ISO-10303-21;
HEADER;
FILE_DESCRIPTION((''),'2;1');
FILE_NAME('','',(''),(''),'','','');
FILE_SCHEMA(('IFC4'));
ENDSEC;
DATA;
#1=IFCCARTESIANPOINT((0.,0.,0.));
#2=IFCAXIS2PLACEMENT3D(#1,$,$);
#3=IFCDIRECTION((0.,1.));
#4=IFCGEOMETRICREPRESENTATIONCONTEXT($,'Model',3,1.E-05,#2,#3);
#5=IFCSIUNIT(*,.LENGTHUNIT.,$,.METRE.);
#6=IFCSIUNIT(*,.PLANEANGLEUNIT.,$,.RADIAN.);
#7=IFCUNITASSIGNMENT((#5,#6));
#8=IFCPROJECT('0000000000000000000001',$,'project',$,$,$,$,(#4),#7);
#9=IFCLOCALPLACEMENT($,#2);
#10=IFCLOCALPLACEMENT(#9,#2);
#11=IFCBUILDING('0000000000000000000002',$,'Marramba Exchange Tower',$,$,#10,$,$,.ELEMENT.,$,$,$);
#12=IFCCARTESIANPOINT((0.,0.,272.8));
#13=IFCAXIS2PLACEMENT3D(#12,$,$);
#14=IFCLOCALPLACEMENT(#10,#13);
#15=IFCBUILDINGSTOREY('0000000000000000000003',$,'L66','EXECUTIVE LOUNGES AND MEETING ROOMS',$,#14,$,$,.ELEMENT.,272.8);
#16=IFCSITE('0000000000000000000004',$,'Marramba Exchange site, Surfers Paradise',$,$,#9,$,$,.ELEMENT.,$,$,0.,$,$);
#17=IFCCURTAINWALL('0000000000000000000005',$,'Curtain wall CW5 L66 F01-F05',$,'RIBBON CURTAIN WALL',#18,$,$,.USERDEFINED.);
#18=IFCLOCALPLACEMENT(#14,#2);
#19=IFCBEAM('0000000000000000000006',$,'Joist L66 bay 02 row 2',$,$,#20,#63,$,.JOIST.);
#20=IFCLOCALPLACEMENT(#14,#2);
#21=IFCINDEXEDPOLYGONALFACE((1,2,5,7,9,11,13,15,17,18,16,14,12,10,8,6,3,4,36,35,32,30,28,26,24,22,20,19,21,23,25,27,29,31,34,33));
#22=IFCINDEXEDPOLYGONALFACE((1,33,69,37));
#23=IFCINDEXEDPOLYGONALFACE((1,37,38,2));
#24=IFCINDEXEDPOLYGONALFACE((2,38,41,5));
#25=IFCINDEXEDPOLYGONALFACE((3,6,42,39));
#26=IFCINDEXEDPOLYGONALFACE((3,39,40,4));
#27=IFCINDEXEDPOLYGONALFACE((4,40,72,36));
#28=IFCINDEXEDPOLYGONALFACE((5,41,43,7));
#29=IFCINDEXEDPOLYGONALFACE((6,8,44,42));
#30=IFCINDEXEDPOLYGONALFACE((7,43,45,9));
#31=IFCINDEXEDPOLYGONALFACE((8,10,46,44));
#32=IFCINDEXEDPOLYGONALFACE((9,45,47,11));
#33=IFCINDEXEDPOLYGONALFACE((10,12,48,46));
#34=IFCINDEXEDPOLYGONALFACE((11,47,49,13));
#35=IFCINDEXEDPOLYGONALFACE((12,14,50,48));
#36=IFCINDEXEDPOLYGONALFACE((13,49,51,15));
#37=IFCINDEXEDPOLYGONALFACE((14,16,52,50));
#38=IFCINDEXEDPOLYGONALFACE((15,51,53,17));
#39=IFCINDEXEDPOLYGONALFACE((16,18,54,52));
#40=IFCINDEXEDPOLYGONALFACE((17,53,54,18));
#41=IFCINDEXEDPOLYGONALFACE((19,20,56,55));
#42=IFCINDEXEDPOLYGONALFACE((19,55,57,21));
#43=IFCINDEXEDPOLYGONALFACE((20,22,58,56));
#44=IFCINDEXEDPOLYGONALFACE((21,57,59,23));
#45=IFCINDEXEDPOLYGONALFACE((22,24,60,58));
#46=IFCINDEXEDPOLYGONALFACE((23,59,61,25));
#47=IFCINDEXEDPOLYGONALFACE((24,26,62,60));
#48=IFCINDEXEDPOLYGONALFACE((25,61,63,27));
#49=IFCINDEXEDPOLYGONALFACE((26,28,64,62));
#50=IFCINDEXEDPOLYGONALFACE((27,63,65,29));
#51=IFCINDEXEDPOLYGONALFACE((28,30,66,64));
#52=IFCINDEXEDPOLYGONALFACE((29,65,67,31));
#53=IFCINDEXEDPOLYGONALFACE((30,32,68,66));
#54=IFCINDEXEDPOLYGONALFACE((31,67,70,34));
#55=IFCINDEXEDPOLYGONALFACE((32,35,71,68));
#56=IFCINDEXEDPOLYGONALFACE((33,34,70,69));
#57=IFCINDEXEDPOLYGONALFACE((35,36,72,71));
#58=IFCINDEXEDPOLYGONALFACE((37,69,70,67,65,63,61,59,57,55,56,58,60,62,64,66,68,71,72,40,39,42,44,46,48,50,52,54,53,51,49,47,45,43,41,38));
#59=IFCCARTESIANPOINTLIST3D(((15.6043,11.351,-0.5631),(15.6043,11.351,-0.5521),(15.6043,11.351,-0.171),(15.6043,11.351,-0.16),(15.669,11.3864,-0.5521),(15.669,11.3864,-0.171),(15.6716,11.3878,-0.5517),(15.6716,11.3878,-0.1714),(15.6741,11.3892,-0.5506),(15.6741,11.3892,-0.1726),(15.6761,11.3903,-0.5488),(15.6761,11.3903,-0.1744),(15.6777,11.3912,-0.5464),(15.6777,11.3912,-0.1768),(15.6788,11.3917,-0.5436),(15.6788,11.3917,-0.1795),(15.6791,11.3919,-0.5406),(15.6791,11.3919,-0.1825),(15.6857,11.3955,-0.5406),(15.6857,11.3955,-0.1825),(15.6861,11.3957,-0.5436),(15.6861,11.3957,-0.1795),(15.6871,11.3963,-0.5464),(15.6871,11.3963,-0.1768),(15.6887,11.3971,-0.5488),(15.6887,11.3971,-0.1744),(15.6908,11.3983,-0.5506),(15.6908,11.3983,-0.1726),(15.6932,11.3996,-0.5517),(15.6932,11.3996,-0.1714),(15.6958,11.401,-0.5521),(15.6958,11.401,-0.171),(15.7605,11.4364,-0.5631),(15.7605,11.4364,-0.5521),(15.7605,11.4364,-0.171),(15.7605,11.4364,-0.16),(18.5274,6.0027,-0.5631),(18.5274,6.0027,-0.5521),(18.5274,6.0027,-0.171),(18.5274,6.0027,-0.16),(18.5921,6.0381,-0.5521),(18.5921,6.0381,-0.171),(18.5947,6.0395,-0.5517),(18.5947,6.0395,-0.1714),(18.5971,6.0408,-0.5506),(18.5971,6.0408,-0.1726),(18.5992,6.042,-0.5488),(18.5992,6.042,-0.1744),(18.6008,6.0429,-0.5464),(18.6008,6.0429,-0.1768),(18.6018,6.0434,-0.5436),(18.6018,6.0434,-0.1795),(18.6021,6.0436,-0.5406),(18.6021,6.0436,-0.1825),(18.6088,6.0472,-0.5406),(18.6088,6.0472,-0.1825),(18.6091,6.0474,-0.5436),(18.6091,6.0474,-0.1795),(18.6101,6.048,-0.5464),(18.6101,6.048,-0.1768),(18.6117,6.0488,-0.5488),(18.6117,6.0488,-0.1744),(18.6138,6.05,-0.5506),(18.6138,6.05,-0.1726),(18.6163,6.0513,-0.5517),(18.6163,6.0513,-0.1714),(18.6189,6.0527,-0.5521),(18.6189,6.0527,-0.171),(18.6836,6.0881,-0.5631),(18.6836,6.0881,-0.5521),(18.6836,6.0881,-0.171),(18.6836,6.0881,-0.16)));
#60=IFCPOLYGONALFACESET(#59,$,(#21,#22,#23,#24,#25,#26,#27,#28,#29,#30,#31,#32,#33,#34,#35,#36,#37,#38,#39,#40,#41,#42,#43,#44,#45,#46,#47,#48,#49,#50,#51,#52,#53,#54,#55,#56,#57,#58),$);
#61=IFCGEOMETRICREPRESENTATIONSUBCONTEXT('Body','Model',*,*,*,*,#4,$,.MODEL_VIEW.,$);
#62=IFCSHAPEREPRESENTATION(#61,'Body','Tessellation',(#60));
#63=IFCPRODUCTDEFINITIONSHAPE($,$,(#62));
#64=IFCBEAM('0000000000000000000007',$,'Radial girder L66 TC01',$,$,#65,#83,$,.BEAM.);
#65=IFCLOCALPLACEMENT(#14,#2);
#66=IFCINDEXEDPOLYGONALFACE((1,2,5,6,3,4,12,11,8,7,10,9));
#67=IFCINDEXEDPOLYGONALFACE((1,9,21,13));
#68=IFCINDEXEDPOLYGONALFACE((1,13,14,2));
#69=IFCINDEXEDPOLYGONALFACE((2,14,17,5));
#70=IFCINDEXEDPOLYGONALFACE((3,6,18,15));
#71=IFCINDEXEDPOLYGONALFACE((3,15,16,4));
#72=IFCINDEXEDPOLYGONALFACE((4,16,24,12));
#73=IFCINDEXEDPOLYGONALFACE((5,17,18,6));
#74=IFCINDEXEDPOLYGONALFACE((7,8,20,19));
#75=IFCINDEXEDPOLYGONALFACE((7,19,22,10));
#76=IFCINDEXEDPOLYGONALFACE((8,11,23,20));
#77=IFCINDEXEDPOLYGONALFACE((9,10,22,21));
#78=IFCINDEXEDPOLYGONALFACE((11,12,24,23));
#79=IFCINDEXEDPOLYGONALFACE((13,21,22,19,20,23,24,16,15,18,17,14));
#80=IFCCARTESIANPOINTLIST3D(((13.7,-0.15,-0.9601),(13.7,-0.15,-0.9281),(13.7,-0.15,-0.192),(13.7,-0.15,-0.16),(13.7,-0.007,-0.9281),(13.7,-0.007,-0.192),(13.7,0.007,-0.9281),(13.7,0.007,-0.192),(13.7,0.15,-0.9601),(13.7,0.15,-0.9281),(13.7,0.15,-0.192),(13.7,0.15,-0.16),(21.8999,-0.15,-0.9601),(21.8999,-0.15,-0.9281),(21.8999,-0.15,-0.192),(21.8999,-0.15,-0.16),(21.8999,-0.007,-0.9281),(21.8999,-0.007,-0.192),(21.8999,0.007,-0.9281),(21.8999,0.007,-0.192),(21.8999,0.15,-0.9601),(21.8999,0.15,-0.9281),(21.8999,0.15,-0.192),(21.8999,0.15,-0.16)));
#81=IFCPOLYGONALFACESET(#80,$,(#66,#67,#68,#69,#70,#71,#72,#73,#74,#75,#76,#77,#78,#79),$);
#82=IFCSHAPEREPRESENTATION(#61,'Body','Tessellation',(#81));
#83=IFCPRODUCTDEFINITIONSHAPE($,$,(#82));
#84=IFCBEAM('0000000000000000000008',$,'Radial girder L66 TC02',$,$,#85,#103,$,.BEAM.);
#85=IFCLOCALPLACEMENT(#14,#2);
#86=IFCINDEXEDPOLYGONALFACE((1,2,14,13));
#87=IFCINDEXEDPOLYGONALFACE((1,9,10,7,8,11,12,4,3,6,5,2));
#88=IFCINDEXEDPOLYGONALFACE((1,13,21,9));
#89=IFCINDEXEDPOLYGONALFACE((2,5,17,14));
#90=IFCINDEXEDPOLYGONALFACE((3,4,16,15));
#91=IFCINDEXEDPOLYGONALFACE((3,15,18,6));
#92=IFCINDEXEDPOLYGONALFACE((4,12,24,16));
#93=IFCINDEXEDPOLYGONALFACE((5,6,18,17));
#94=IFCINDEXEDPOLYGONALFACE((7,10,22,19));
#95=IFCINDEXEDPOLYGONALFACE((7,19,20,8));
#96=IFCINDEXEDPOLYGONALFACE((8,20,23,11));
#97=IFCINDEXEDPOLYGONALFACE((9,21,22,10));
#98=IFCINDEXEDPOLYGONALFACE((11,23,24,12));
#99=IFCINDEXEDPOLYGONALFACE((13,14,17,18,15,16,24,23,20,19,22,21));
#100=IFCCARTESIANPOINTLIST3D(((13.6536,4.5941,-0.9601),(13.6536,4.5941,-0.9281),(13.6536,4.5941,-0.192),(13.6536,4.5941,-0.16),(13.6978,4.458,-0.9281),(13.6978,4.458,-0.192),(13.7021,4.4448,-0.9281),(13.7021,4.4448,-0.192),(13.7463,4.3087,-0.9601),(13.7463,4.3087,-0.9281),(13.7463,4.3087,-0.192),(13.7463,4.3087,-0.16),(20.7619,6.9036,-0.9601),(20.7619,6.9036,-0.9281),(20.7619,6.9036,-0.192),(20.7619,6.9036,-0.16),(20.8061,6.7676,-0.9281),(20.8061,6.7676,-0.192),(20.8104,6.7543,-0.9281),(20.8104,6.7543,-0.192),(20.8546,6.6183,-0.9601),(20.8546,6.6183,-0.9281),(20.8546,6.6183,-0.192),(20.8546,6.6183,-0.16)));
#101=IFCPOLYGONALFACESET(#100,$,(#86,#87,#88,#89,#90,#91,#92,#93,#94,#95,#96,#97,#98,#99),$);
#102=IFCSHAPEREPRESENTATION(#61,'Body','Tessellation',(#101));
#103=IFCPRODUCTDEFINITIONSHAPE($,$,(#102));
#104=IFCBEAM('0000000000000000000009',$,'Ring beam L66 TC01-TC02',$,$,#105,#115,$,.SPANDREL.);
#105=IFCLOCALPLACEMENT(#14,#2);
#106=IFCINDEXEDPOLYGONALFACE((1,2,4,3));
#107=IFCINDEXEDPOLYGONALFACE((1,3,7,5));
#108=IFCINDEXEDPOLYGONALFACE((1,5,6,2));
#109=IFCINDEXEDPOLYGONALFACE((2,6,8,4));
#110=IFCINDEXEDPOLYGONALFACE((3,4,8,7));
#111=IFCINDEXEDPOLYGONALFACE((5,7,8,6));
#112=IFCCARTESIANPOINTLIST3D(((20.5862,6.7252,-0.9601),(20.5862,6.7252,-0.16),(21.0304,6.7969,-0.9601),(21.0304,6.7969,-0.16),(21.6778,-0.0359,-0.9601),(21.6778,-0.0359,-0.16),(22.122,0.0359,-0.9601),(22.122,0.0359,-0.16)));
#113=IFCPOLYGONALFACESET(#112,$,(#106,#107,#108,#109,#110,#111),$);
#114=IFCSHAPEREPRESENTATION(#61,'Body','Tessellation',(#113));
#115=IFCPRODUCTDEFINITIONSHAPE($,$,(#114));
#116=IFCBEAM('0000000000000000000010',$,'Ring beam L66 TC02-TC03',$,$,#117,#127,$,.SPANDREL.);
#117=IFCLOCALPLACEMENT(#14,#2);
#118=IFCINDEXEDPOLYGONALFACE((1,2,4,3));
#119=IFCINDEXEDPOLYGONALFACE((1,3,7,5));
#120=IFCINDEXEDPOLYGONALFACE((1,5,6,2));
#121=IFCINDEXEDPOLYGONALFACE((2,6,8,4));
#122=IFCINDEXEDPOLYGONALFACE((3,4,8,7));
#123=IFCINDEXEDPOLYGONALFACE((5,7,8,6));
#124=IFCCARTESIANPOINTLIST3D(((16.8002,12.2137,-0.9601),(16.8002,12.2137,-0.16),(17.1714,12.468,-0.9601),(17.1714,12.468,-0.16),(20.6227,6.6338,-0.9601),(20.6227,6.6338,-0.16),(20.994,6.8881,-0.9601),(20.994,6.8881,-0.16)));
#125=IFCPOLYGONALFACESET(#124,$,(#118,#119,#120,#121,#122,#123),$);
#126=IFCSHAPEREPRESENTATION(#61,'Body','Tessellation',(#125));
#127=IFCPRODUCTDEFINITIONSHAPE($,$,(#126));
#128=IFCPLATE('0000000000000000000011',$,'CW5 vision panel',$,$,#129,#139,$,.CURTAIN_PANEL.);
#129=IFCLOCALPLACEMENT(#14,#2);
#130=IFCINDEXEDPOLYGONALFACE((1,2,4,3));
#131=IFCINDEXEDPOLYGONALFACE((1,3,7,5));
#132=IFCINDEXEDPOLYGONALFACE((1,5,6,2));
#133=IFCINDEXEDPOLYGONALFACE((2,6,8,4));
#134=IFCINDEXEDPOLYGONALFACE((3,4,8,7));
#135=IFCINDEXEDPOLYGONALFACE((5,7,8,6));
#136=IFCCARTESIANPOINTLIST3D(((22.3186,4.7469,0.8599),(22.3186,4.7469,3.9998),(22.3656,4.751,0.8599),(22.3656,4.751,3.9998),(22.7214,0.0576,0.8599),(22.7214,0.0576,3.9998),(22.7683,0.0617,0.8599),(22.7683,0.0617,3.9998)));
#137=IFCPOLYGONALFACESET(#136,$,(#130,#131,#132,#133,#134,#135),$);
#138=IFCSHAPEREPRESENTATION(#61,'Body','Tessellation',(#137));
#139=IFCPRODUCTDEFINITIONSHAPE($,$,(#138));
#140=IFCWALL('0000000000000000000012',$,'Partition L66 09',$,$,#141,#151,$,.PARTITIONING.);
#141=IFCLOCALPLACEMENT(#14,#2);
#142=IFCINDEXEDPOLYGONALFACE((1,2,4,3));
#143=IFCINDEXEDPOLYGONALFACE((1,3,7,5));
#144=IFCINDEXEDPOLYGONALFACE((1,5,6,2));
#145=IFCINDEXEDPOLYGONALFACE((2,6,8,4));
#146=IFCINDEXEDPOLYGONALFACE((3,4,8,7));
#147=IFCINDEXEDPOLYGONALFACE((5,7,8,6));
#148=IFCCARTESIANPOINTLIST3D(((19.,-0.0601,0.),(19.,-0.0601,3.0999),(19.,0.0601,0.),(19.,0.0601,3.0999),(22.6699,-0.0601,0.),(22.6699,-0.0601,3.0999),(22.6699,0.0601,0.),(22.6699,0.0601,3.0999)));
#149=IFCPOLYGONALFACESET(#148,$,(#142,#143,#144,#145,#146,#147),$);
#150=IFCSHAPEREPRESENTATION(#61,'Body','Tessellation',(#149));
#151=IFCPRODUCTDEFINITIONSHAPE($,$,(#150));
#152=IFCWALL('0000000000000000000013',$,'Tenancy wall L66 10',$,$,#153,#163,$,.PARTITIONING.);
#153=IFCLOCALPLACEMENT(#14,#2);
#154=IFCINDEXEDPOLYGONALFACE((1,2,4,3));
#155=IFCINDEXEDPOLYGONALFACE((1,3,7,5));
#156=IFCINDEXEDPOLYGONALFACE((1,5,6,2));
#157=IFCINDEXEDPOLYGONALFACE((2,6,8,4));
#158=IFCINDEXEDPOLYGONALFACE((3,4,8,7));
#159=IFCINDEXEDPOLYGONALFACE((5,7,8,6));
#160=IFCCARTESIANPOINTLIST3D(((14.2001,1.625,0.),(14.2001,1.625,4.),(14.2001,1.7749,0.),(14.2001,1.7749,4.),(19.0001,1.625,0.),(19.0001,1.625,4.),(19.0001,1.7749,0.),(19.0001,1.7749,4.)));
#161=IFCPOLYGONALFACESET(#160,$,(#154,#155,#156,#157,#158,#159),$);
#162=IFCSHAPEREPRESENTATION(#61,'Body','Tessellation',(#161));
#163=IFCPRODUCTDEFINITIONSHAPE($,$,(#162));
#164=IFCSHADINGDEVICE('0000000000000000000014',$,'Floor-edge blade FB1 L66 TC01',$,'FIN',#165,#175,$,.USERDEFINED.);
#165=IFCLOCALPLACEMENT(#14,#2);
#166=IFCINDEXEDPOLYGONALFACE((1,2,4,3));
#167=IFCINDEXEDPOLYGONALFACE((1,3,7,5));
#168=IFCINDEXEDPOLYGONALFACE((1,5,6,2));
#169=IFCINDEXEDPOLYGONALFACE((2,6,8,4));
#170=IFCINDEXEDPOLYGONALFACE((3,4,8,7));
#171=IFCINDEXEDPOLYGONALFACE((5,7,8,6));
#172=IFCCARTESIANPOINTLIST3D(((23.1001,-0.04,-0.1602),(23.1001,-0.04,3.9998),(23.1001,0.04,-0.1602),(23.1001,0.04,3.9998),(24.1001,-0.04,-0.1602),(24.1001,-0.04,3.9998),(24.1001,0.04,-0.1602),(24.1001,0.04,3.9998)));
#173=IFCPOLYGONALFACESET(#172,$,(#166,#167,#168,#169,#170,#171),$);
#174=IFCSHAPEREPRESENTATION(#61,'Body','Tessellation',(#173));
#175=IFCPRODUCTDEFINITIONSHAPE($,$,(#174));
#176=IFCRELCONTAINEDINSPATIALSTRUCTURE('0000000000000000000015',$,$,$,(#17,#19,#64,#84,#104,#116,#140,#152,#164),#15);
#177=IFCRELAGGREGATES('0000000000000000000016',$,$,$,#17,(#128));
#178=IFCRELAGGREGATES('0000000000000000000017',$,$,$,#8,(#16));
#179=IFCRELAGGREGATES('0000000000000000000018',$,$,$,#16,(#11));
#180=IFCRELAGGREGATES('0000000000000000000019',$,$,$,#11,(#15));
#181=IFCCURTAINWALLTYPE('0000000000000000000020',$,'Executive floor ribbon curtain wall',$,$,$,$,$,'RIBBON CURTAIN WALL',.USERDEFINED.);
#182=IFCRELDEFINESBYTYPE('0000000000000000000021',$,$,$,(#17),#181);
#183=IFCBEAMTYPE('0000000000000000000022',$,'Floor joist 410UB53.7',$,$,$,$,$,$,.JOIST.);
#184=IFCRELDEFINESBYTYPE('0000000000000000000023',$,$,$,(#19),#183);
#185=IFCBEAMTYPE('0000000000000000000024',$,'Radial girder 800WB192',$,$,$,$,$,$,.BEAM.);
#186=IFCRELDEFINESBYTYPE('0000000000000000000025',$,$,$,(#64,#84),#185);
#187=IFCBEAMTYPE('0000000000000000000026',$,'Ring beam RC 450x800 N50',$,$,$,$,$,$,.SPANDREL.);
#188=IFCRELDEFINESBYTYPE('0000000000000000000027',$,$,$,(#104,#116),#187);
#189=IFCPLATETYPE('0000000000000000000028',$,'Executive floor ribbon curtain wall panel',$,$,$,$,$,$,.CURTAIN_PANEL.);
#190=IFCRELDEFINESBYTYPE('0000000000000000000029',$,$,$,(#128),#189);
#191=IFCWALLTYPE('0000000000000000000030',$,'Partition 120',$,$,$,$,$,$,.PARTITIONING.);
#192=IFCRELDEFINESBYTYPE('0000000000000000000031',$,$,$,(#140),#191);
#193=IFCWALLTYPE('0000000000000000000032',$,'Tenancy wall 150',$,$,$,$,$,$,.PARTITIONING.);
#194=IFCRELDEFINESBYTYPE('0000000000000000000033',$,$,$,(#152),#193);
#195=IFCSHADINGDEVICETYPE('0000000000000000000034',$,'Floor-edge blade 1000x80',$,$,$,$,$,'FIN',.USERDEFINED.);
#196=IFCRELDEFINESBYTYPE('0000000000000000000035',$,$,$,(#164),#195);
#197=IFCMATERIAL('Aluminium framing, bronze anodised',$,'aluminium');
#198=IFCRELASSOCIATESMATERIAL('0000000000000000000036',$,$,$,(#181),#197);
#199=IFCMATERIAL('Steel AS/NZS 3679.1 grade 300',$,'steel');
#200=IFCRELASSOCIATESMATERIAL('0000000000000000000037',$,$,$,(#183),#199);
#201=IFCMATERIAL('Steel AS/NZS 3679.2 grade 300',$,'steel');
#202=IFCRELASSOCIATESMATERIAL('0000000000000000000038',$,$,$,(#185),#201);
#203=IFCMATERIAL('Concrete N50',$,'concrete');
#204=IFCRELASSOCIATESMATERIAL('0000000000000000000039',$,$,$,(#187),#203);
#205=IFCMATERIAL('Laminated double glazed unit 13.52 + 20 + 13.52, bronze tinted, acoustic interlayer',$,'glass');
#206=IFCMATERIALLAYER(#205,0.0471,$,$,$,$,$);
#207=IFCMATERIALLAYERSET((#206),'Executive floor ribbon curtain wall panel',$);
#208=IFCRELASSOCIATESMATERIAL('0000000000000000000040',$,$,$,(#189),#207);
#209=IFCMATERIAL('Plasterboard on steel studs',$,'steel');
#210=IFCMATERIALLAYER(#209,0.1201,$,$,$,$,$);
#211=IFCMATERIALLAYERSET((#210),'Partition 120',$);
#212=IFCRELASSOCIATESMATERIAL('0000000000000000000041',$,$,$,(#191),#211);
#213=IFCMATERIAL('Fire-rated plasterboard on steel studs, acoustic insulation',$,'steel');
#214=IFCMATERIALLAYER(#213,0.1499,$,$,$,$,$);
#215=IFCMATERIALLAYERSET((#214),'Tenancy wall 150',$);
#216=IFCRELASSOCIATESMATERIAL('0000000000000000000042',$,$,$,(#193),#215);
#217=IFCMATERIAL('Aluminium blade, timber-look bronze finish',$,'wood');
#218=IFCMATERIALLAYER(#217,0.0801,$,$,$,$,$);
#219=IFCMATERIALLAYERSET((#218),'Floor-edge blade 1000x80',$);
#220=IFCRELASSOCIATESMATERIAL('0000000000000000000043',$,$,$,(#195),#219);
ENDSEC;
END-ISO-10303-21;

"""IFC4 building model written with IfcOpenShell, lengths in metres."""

from ifc_helpers import new_model, si_unit, direction, frame, frame_2d, origin, origin_2d, place, context, subcontext, project, spatial, rectangle, i_section, extrude, material, layer, layer_set, material_profile, profile_set, type_object, element, aggregate, save


model = new_model("IFC4")

# Units and contexts
model_context = context("Model", 3, precision=1e-05, world=origin(), true_north=direction((0.0, 1.0)))
body_context = subcontext(model_context, "Body", "Model", "MODEL_VIEW")
ifc_project = project(units=[si_unit("LENGTHUNIT", "METRE"), si_unit("PLANEANGLEUNIT", "RADIAN")], contexts=[model_context])

# Site, building, storey
site_placement = place(None, origin())
site = spatial("IfcSite", under=ifc_project, at=site_placement, Name="Marramba Exchange site, Surfers Paradise", CompositionType="ELEMENT", RefElevation=0.0)
building_placement = place(site_placement, origin())
building = spatial("IfcBuilding", under=site, at=building_placement, Name="Marramba Exchange Tower", CompositionType="ELEMENT")
storey_placement = place(building_placement, frame((0.0, 0.0, 272.8)))
storey = spatial("IfcBuildingStorey", under=building, at=storey_placement, Name="L66", Description="EXECUTIVE LOUNGES AND MEETING ROOMS", CompositionType="ELEMENT", Elevation=272.8)

# Shared definitions
ifc_material_1 = material(Name="Concrete N50", Category="concrete")

# Curtain wall
ifc_material_2 = material(Name="Aluminium framing, bronze anodised", Category="aluminium")
curtain_wall_type = type_object("IfcCurtainWallType", Name="Executive floor ribbon curtain wall", ElementType="RIBBON CURTAIN WALL", PredefinedType="USERDEFINED", material=ifc_material_2)
curtain_wall_placement = place(storey_placement, origin())
curtain_wall = element("IfcCurtainWall", 1, at=curtain_wall_placement, inside=storey, type_object=curtain_wall_type, Name="Curtain wall CW5 L66 F01-F05", ObjectType="RIBBON CURTAIN WALL", PredefinedType="USERDEFINED")

# Beams
ifc_material_3 = material(Name="Steel AS/NZS 3679.1 grade 300", Category="steel")
ifc_material_profile_1 = material_profile(ifc_material_3, i_section(OverallWidth=0.178, OverallDepth=0.4031, WebThickness=0.0076, FlangeThickness=0.011, FilletRadius=0.0115, at=origin_2d()), Name="410UB53.7")
ifc_profile_set_1 = profile_set([ifc_material_profile_1], Name="Steel AS/NZS 3679.1 grade 300")
beam_type_1 = type_object("IfcBeamType", Name="Floor joist 410UB53.7", PredefinedType="JOIST", material=ifc_profile_set_1)
beam_1_placement = place(storey_placement, frame((18.6055, 6.0454, -0.3616), z_axis=(-0.479584, 0.877496, 0.0), x_axis=(-0.877496, -0.479584, 0.0)))
element("IfcBeam", 2, at=beam_1_placement, inside=storey, type_object=beam_type_1, Name="Joist L66 bay 02 row 2", PredefinedType="JOIST", context=body_context, shape_type="SweptSolid", body=[
    extrude(i_section(OverallWidth=0.178, OverallDepth=0.4031, WebThickness=0.0076, FlangeThickness=0.011, FilletRadius=0.0115, at=origin_2d()), origin(), (0.0, 0.0, 1.0), 6.095),
])
ifc_material_4 = material(Name="Steel AS/NZS 3679.2 grade 300", Category="steel")
ifc_material_profile_2 = material_profile(ifc_material_4, i_section(OverallWidth=0.3, OverallDepth=0.8, WebThickness=0.0139, FlangeThickness=0.032, at=origin_2d()), Name="800WB192")
ifc_profile_set_2 = profile_set([ifc_material_profile_2], Name="Steel AS/NZS 3679.2 grade 300")
beam_type_2 = type_object("IfcBeamType", Name="Radial girder 800WB192", PredefinedType="BEAM", material=ifc_profile_set_2)
beam_2_placement = place(storey_placement, frame((13.7, 0.0, -0.5601), z_axis=(1.0, 0.0, 0.0), x_axis=(0.0, 1.0, 0.0)))
element("IfcBeam", 3, at=beam_2_placement, inside=storey, type_object=beam_type_2, Name="Radial girder L66 TC01", PredefinedType="BEAM", context=body_context, shape_type="SweptSolid", body=[
    extrude(i_section(OverallWidth=0.3, OverallDepth=0.8, WebThickness=0.0139, FlangeThickness=0.032, at=origin_2d()), origin(), (0.0, 0.0, 1.0), 8.2),
])
beam_3_placement = place(storey_placement, frame((13.7, 4.4514, -0.5601), z_axis=(0.95106, 0.309006, 0.0), x_axis=(-0.309006, 0.95106, 0.0)))
element("IfcBeam", 4, at=beam_3_placement, inside=storey, type_object=beam_type_2, Name="Radial girder L66 TC02", PredefinedType="BEAM", context=body_context, shape_type="SweptSolid", body=[
    extrude(i_section(OverallWidth=0.3, OverallDepth=0.8, WebThickness=0.0139, FlangeThickness=0.032, at=origin_2d()), origin(), (0.0, 0.0, 1.0), 7.4741),
])
ifc_material_profile_3 = material_profile(ifc_material_1, rectangle(XDim=0.45, YDim=0.8, at=origin_2d()), Name="RC 450x800")
ifc_profile_set_3 = profile_set([ifc_material_profile_3], Name="Concrete N50")
beam_type_3 = type_object("IfcBeamType", Name="Ring beam RC 450x800 N50", PredefinedType="SPANDREL", material=ifc_profile_set_3)
beam_4_placement = place(storey_placement, frame((21.8999, 0.0, -0.5601), z_axis=(-0.159385, 0.987217, 0.0), x_axis=(-0.987217, -0.159385, 0.0)))
element("IfcBeam", 5, at=beam_4_placement, inside=storey, type_object=beam_type_3, Name="Ring beam L66 TC01-TC02", PredefinedType="SPANDREL", context=body_context, shape_type="SweptSolid", body=[
    extrude(rectangle(XDim=0.45, YDim=0.8, at=origin_2d()), origin(), (0.0, 0.0, 1.0), 6.8486),
])
beam_5_placement = place(storey_placement, frame((20.8083, 6.761, -0.5601), z_axis=(-0.56516, 0.824981, 0.0), x_axis=(-0.824981, -0.56516, 0.0)))
element("IfcBeam", 6, at=beam_5_placement, inside=storey, type_object=beam_type_3, Name="Ring beam L66 TC02-TC03", PredefinedType="SPANDREL", context=body_context, shape_type="SweptSolid", body=[
    extrude(rectangle(XDim=0.45, YDim=0.8, at=origin_2d()), origin(), (0.0, 0.0, 1.0), 6.7637),
])

# Plate
ifc_material_5 = material(Name="Laminated double glazed unit 13.52 + 20 + 13.52, bronze tinted, acoustic interlayer", Category="glass")
ifc_layer_1 = layer(ifc_material_5, 0.0471)
ifc_layer_set_1 = layer_set([ifc_layer_1], Name="Executive floor ribbon curtain wall panel")
plate_type = type_object("IfcPlateType", Name="Executive floor ribbon curtain wall panel", PredefinedType="CURTAIN_PANEL", material=ifc_layer_set_1)
plate_placement = place(storey_placement, frame((22.5435, 2.4043, 0.8599), z_axis=(0.0, 0.0, 1.0), x_axis=(-0.085574, 0.996332, 0.0)))
plate = element("IfcPlate", 7, at=plate_placement, type_object=plate_type, Name="CW5 vision panel", PredefinedType="CURTAIN_PANEL", context=body_context, shape_type="SweptSolid", body=[
    extrude(rectangle(XDim=4.7065, YDim=0.0471, at=origin_2d()), origin(), (0.0, 0.0, 1.0), 3.1399),
])
aggregate(curtain_wall, [plate])

# Walls
ifc_material_6 = material(Name="Plasterboard on steel studs", Category="steel")
ifc_layer_2 = layer(ifc_material_6, 0.1201)
ifc_layer_set_2 = layer_set([ifc_layer_2], Name="Partition 120")
wall_type_1 = type_object("IfcWallType", Name="Partition 120", PredefinedType="PARTITIONING", material=ifc_layer_set_2)
wall_1_placement = place(storey_placement, frame((22.6699, 0.0, 0.0), z_axis=(0.0, 0.0, 1.0), x_axis=(-1.0, 0.0, 0.0)))
element("IfcWall", 8, at=wall_1_placement, inside=storey, type_object=wall_type_1, Name="Partition L66 09", PredefinedType="PARTITIONING", context=body_context, shape_type="SweptSolid", body=[
    extrude(rectangle(XDim=3.6699, YDim=0.1201, at=frame_2d((1.835, 0.0))), origin(), (0.0, 0.0, 1.0), 3.0999),
])
ifc_material_7 = material(Name="Fire-rated plasterboard on steel studs, acoustic insulation", Category="steel")
ifc_layer_3 = layer(ifc_material_7, 0.1499)
ifc_layer_set_3 = layer_set([ifc_layer_3], Name="Tenancy wall 150")
wall_type_2 = type_object("IfcWallType", Name="Tenancy wall 150", PredefinedType="PARTITIONING", material=ifc_layer_set_3)
wall_2_placement = place(storey_placement, frame((19.0, 1.7, 0.0), z_axis=(0.0, 0.0, 1.0), x_axis=(-1.0, 0.0, 0.0)))
element("IfcWall", 9, at=wall_2_placement, inside=storey, type_object=wall_type_2, Name="Tenancy wall L66 10", PredefinedType="PARTITIONING", context=body_context, shape_type="SweptSolid", body=[
    extrude(rectangle(XDim=4.8, YDim=0.1499, at=frame_2d((2.3999, 0.0))), origin(), (0.0, 0.0, 1.0), 4.0),
])

# Shading device
ifc_material_8 = material(Name="Aluminium blade, timber-look bronze finish", Category="wood")
ifc_layer_4 = layer(ifc_material_8, 0.0801)
ifc_layer_set_4 = layer_set([ifc_layer_4], Name="Floor-edge blade 1000x80")
shading_device_type_1 = type_object("IfcShadingDeviceType", Name="Floor-edge blade 1000x80", ElementType="FIN", PredefinedType="USERDEFINED", material=ifc_layer_set_4)
shading_device_1_placement = place(storey_placement, frame((23.6001, 0.0, -0.1602), z_axis=(0.0, 0.0, 1.0), x_axis=(1.0, 0.0, 0.0)))
element("IfcShadingDevice", 10, at=shading_device_1_placement, inside=storey, type_object=shading_device_type_1, Name="Floor-edge blade FB1 L66 TC01", ObjectType="FIN", PredefinedType="USERDEFINED", context=body_context, shape_type="SweptSolid", body=[
    extrude(rectangle(XDim=1.0, YDim=0.0801, at=origin_2d()), origin(), (0.0, 0.0, 1.0), 4.1599),
])

save(model, "model.ifc")
